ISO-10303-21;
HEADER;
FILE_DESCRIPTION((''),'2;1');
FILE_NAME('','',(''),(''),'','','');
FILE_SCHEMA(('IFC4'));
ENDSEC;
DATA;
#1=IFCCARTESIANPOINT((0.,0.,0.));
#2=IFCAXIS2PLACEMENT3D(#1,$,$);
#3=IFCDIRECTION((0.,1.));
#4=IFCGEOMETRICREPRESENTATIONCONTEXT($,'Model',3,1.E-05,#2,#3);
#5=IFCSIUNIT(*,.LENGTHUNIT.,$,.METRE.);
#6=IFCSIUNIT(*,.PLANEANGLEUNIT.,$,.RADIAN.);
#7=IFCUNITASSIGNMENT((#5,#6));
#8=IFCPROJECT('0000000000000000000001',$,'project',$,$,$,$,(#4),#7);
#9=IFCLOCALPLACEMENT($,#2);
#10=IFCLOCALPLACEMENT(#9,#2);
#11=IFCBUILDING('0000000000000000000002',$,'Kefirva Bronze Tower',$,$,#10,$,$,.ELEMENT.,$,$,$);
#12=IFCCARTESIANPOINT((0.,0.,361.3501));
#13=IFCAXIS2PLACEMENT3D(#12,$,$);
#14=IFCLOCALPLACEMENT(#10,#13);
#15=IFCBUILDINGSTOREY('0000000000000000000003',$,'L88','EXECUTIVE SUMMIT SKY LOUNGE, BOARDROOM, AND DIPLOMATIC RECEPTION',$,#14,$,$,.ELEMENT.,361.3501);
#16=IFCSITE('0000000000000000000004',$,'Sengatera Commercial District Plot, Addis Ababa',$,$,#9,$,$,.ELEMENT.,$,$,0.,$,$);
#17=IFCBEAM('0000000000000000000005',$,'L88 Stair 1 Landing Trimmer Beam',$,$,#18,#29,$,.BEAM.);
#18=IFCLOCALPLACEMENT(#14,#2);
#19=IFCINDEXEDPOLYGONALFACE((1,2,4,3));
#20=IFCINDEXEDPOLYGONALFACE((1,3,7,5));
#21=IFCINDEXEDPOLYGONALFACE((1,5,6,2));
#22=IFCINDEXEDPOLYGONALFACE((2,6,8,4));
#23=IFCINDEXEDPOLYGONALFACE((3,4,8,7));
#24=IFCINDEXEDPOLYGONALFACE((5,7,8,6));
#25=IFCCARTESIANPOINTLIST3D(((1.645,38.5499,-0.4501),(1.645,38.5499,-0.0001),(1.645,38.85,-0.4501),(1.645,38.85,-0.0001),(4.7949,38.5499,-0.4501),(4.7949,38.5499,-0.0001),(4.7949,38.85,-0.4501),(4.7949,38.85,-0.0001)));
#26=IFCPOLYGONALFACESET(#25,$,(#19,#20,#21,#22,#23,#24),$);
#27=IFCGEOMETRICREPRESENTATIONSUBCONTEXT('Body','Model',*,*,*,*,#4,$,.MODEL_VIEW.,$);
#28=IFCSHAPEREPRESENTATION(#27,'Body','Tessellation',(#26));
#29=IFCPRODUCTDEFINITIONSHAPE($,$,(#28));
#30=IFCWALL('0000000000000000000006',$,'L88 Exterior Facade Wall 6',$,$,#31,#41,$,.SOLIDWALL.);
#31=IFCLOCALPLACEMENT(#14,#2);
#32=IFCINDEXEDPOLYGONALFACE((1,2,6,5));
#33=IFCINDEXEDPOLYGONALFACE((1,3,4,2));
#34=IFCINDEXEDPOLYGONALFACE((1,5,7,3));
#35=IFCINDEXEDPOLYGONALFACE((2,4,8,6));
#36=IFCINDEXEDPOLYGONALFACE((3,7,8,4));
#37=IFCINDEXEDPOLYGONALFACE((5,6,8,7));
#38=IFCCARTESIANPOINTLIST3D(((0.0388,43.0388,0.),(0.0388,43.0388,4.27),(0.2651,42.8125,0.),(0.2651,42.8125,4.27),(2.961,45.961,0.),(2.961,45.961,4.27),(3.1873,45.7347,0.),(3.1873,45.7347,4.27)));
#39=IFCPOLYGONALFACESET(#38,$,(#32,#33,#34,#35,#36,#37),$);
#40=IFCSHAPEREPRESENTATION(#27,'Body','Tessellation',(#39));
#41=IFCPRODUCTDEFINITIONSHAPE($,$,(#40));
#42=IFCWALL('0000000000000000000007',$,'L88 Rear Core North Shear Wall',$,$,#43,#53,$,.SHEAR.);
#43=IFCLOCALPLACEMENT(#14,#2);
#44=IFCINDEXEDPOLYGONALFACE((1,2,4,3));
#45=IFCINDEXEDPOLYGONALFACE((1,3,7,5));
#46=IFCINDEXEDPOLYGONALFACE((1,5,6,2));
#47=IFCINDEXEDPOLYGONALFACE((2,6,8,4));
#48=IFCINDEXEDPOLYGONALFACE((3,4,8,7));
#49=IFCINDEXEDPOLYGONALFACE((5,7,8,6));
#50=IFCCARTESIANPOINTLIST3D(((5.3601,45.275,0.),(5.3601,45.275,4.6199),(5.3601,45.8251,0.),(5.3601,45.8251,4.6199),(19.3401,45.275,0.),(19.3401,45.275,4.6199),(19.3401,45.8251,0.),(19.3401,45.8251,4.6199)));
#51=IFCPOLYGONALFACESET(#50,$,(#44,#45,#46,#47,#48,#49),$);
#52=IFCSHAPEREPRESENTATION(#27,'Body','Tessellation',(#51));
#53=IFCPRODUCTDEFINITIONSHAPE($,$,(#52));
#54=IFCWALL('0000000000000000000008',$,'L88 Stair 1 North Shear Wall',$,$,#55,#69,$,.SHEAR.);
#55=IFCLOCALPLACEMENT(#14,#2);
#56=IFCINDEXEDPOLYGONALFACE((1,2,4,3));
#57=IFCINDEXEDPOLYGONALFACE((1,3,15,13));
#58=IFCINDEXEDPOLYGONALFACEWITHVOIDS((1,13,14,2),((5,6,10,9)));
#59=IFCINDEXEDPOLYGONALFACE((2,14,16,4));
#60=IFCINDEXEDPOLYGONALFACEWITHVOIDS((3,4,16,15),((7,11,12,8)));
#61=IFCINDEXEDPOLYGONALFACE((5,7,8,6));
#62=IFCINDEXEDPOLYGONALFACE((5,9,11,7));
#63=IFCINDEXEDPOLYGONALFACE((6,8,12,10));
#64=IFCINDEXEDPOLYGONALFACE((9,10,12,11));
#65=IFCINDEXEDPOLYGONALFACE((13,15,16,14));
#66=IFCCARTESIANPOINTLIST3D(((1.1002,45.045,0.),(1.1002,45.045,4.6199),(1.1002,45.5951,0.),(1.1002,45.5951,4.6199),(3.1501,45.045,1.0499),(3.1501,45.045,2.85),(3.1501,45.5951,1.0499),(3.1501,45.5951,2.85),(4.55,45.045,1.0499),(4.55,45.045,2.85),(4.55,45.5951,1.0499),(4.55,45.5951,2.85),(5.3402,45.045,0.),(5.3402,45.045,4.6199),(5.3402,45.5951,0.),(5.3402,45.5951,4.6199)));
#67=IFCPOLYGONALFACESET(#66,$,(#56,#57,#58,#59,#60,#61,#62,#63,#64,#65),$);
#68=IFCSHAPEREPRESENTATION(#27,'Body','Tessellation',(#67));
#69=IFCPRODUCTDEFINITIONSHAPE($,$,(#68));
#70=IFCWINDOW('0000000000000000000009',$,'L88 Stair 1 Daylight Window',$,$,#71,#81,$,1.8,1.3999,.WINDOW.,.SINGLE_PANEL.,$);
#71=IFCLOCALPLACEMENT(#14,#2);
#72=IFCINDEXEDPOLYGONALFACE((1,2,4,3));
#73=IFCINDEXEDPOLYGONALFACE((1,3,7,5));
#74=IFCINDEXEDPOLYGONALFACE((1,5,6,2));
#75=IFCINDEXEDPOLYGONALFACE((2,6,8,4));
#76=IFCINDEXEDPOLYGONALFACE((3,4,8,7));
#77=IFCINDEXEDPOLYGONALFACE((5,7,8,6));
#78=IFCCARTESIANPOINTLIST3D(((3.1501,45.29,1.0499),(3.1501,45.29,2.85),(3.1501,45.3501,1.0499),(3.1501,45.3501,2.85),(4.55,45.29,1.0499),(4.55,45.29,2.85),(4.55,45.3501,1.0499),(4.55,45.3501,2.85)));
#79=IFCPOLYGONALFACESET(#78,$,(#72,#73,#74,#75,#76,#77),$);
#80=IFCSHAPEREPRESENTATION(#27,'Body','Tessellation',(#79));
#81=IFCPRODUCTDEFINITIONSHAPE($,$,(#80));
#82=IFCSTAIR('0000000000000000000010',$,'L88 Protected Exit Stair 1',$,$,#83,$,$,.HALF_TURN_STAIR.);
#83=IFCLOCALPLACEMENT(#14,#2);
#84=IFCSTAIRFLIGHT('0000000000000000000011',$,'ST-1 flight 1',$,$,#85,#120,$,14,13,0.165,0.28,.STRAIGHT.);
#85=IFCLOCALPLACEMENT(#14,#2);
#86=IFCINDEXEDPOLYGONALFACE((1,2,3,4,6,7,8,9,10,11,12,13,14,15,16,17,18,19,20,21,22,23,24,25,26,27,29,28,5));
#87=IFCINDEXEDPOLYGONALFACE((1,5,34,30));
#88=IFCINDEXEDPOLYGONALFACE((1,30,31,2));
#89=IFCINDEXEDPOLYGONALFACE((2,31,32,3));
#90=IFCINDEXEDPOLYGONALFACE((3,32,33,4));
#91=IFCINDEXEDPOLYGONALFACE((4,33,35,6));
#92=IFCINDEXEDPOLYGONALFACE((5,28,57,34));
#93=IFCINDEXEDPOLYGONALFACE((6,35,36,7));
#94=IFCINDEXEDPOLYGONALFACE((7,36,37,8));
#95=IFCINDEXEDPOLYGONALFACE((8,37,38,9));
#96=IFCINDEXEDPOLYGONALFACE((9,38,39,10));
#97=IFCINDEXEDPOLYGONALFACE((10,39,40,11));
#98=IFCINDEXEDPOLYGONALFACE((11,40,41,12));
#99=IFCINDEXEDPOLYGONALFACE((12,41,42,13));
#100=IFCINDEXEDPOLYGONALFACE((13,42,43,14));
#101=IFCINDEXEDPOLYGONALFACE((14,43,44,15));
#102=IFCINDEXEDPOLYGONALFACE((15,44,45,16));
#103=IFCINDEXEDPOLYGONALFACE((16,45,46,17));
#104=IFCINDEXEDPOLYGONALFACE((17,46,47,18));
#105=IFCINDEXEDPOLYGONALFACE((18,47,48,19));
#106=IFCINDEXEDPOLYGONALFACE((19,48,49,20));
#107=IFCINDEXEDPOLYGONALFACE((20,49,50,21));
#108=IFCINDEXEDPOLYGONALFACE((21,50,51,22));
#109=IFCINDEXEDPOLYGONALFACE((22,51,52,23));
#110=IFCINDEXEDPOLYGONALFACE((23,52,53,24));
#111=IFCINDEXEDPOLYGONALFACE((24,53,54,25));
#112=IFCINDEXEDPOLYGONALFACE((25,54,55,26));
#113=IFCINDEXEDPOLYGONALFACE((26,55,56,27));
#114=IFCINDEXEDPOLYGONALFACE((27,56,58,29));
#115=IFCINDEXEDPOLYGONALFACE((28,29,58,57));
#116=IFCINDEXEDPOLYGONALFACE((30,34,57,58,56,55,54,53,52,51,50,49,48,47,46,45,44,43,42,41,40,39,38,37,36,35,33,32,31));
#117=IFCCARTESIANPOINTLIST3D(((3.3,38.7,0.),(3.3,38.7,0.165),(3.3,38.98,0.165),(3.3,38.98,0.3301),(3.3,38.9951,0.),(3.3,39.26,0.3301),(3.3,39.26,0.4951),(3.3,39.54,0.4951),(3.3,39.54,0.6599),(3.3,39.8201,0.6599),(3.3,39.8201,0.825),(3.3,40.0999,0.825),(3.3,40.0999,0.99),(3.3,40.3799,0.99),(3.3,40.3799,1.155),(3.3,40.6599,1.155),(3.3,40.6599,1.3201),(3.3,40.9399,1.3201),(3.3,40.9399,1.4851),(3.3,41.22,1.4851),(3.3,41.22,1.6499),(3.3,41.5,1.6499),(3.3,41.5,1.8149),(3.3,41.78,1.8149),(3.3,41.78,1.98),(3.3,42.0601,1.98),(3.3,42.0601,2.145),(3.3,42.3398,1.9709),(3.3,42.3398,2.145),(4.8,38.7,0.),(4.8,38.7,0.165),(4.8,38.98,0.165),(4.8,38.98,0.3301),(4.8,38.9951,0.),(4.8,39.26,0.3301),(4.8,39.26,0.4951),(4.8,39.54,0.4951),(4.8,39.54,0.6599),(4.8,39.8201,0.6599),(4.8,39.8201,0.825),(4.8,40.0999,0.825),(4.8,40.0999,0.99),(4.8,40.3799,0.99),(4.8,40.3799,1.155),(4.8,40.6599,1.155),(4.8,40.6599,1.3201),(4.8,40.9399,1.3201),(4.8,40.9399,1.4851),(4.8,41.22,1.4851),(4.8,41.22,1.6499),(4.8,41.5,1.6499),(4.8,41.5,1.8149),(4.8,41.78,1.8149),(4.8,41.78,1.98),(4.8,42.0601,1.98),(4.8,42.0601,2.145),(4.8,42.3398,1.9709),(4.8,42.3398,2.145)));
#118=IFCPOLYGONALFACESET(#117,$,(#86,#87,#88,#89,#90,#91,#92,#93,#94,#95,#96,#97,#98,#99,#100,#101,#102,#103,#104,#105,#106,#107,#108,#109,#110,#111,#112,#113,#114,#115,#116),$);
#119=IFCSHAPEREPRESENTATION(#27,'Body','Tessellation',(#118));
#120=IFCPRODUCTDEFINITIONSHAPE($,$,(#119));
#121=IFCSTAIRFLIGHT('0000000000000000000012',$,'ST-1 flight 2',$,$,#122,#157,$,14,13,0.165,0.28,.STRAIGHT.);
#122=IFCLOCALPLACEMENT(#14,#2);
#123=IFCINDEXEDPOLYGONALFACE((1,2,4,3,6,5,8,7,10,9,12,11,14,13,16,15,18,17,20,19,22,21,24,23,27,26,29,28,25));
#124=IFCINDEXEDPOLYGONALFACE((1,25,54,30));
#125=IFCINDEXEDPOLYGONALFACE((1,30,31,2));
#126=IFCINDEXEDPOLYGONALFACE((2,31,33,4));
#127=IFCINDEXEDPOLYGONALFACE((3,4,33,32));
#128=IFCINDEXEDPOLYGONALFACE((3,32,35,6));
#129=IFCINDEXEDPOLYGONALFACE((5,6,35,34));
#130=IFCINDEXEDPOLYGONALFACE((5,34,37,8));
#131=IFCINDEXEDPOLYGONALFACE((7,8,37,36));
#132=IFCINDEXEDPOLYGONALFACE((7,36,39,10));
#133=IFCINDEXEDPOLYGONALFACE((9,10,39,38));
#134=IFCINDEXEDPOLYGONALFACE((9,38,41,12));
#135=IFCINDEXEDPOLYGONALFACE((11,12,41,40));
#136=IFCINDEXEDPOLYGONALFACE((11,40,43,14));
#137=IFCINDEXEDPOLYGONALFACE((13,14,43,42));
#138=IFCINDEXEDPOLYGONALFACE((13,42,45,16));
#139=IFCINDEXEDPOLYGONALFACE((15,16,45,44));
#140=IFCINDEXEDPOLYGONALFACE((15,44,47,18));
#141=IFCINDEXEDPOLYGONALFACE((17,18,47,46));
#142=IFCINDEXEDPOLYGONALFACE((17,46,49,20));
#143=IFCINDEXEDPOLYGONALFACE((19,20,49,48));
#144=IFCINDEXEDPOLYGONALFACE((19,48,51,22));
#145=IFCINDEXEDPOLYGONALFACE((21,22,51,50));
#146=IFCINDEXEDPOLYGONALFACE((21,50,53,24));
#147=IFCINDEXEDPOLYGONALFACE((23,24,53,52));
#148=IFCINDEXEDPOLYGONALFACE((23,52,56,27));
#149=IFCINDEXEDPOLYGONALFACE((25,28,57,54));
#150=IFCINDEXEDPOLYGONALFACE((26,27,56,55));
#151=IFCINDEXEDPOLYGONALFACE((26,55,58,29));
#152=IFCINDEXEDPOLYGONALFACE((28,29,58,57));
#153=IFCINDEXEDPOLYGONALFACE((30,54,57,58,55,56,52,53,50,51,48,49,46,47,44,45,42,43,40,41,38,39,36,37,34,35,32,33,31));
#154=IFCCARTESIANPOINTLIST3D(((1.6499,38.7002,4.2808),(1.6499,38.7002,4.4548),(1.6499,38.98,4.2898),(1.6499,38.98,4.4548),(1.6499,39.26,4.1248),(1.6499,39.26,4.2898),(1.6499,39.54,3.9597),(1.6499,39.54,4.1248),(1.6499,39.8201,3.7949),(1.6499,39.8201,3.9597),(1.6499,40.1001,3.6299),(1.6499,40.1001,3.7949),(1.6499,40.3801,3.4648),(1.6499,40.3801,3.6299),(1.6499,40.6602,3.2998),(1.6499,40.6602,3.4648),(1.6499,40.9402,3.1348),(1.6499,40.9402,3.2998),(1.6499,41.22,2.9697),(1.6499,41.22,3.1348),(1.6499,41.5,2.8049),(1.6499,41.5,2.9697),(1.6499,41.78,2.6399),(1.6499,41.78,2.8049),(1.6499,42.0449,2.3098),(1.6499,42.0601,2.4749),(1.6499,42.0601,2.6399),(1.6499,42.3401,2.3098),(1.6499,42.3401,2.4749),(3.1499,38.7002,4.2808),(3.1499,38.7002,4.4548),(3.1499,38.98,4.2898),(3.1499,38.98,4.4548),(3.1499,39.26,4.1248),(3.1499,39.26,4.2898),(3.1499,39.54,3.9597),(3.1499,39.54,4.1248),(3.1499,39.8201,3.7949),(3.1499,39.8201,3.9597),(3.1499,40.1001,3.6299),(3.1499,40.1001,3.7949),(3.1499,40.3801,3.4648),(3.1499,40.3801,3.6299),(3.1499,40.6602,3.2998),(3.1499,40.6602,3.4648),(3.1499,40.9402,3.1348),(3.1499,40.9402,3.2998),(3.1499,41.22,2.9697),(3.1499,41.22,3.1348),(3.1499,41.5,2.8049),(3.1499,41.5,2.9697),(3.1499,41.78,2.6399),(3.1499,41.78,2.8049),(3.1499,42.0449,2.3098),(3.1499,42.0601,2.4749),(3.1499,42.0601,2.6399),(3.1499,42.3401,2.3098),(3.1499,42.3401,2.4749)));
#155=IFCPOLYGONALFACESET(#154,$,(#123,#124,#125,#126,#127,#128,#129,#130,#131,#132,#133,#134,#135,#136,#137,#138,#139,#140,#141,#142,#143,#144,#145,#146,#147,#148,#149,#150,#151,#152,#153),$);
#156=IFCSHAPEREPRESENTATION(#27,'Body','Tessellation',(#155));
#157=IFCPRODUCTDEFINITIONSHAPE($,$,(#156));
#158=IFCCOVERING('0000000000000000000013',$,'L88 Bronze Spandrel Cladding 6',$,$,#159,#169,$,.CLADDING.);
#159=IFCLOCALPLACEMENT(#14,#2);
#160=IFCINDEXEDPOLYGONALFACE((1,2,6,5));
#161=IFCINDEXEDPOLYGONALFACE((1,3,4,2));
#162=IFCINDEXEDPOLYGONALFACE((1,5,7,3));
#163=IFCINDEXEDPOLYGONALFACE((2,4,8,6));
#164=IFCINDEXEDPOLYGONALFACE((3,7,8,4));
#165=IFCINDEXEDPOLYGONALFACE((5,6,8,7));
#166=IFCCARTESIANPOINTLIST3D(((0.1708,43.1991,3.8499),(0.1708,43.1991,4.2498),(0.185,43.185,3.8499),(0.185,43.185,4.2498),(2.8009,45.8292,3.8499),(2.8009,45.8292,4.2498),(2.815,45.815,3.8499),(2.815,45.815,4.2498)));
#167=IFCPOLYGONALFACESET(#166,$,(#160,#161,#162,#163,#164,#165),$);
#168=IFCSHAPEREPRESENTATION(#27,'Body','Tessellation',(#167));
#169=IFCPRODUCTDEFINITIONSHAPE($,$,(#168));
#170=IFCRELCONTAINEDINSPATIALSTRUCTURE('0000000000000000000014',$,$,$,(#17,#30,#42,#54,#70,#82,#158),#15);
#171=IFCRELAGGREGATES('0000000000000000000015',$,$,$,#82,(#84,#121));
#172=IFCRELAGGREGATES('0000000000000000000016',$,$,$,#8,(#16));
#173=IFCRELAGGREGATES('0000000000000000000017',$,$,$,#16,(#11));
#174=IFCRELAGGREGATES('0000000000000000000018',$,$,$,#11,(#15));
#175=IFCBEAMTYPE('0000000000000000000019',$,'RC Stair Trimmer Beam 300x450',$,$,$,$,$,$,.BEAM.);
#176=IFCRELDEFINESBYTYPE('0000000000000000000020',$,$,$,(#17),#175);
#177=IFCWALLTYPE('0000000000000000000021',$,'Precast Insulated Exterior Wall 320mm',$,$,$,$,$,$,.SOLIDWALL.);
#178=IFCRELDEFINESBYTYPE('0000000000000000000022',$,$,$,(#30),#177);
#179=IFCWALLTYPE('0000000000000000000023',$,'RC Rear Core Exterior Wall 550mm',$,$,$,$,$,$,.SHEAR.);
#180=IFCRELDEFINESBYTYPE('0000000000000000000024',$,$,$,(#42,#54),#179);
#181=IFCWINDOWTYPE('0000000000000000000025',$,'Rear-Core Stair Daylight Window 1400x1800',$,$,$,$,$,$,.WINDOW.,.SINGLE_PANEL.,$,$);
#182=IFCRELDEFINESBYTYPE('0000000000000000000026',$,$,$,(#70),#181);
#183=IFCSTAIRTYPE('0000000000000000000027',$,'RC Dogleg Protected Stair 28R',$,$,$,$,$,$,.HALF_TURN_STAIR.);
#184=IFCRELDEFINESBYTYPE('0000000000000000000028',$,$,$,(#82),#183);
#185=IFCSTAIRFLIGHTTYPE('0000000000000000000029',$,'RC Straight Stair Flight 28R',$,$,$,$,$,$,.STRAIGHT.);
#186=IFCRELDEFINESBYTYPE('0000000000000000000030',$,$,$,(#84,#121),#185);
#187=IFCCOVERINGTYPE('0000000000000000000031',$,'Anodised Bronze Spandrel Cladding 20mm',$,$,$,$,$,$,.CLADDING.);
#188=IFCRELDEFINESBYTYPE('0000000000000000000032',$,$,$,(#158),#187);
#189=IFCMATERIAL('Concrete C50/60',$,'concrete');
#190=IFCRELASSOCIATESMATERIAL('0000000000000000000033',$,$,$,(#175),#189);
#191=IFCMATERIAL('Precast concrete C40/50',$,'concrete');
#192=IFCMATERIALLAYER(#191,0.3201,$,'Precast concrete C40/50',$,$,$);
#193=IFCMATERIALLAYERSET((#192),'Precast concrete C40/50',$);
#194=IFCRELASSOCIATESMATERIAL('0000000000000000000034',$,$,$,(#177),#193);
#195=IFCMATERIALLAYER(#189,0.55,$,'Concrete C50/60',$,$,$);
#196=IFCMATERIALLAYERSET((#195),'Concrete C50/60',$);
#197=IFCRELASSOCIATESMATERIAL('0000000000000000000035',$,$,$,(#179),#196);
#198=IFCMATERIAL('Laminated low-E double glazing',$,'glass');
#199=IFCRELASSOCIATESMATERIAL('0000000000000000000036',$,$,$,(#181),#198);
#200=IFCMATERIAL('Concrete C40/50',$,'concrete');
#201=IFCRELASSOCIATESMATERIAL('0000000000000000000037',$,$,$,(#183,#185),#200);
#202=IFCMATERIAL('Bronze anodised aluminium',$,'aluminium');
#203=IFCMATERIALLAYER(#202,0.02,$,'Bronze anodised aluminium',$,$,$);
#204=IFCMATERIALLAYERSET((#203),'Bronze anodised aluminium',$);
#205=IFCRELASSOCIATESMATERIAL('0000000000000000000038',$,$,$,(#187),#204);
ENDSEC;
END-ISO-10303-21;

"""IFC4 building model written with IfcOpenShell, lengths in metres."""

from ifc_helpers import new_model, si_unit, direction, frame, frame_2d, origin, origin_2d, place, context, subcontext, project, spatial, polyline, rectangle, outline, extrude, material, layer, layer_set, material_profile, profile_set, type_object, element, fill, aggregate, save


model = new_model("IFC4")

# Units and contexts
model_context = context("Model", 3, precision=1e-05, world=origin(), true_north=direction((0.0, 1.0)))
body_context = subcontext(model_context, "Body", "Model", "MODEL_VIEW")
ifc_project = project(units=[si_unit("LENGTHUNIT", "METRE"), si_unit("PLANEANGLEUNIT", "RADIAN")], contexts=[model_context])

# Site, building, storey
site_placement = place(None, origin())
site = spatial("IfcSite", under=ifc_project, at=site_placement, Name="Sengatera Commercial District Plot, Addis Ababa", CompositionType="ELEMENT", RefElevation=0.0)
building_placement = place(site_placement, origin())
building = spatial("IfcBuilding", under=site, at=building_placement, Name="Kefirva Bronze Tower", CompositionType="ELEMENT")
storey_placement = place(building_placement, frame((0.0, 0.0, 361.3501)))
storey = spatial("IfcBuildingStorey", under=building, at=storey_placement, Name="L88", Description="EXECUTIVE SUMMIT SKY LOUNGE, BOARDROOM, AND DIPLOMATIC RECEPTION", CompositionType="ELEMENT", Elevation=361.3501)

# Beam
ifc_material_1 = material(Name="Concrete C50/60", Category="concrete")
ifc_material_profile = material_profile(ifc_material_1, rectangle(XDim=0.3, YDim=0.45, at=origin_2d()), Name="RC 300x450")
ifc_profile_set = profile_set([ifc_material_profile], Name="Concrete C50/60")
beam_type = type_object("IfcBeamType", Name="RC Stair Trimmer Beam 300x450", PredefinedType="BEAM", material=ifc_profile_set)
beam_placement = place(storey_placement, frame((1.645, 38.7, -0.2251), z_axis=(1.0, 0.0, 0.0), x_axis=(0.0, 1.0, 0.0)))
element("IfcBeam", 1, at=beam_placement, inside=storey, type_object=beam_type, Name="L88 Stair 1 Landing Trimmer Beam", PredefinedType="BEAM", context=body_context, shape_type="SweptSolid", body=[
    extrude(rectangle(XDim=0.3, YDim=0.45, at=origin_2d()), origin(), (0.0, 0.0, 1.0), 3.1499),
])

# Walls
ifc_material_2 = material(Name="Precast concrete C40/50", Category="concrete")
ifc_layer_1 = layer(ifc_material_2, 0.3201, Name="Precast concrete C40/50")
ifc_layer_set_1 = layer_set([ifc_layer_1], Name="Precast concrete C40/50")
wall_type_1 = type_object("IfcWallType", Name="Precast Insulated Exterior Wall 320mm", PredefinedType="SOLIDWALL", material=ifc_layer_set_1)
wall_1_placement = place(storey_placement, frame((3.0742, 45.8479, 0.0), z_axis=(0.0, 0.0, 1.0), x_axis=(-0.707107, -0.707107, 0.0)))
element("IfcWall", 2, at=wall_1_placement, inside=storey, type_object=wall_type_1, Name="L88 Exterior Facade Wall 6", PredefinedType="SOLIDWALL", context=body_context, shape_type="SweptSolid", body=[
    extrude(rectangle(XDim=4.1326, YDim=0.3201, at=frame_2d((2.0664, 0.0))), origin(), (0.0, 0.0, 1.0), 4.27),
])
ifc_layer_2 = layer(ifc_material_1, 0.55, Name="Concrete C50/60")
ifc_layer_set_2 = layer_set([ifc_layer_2], Name="Concrete C50/60")
wall_type_2 = type_object("IfcWallType", Name="RC Rear Core Exterior Wall 550mm", PredefinedType="SHEAR", material=ifc_layer_set_2)
wall_2_placement = place(storey_placement, frame((5.3601, 45.55, 0.0), z_axis=(0.0, 0.0, 1.0), x_axis=(1.0, 0.0, 0.0)))
element("IfcWall", 3, at=wall_2_placement, inside=storey, type_object=wall_type_2, Name="L88 Rear Core North Shear Wall", PredefinedType="SHEAR", context=body_context, shape_type="SweptSolid", body=[
    extrude(rectangle(XDim=13.98, YDim=0.55, at=frame_2d((6.99, 0.0))), origin(), (0.0, 0.0, 1.0), 4.6199),
])

# Wall, opening, window
wall_3_placement = place(storey_placement, frame((1.1001, 45.3201, 0.0), z_axis=(0.0, 0.0, 1.0), x_axis=(1.0, 0.0, 0.0)))
wall_3 = element("IfcWall", 4, at=wall_3_placement, inside=storey, type_object=wall_type_2, Name="L88 Stair 1 North Shear Wall", PredefinedType="SHEAR", context=body_context, shape_type="SweptSolid", body=[
    extrude(rectangle(XDim=4.24, YDim=0.55, at=frame_2d((2.1201, 0.0))), origin(), (0.0, 0.0, 1.0), 4.6199),
])
opening_placement = place(wall_3_placement, frame((2.05, 0.0, 1.05)))
opening = element("IfcOpeningElement", 5, at=opening_placement, cuts=wall_3, PredefinedType="OPENING", context=body_context, shape_type="SweptSolid", body=[
    extrude(rectangle(XDim=1.3999, YDim=1.8, at=frame_2d((0.7, 0.8999))), frame((0.0, 0.2852, 0.0), z_axis=(0.0, -1.0, 0.0), x_axis=(1.0, 0.0, 0.0)), (0.0, 0.0, 1.0), 0.5701),
])
ifc_material_3 = material(Name="Laminated low-E double glazing", Category="glass")
window_type = type_object("IfcWindowType", Name="Rear-Core Stair Daylight Window 1400x1800", PartitioningType="SINGLE_PANEL", PredefinedType="WINDOW", material=ifc_material_3)
window_placement = place(opening_placement, origin())
window = element("IfcWindow", 6, at=window_placement, inside=storey, type_object=window_type, Name="L88 Stair 1 Daylight Window", OverallHeight=1.8, OverallWidth=1.3999, PartitioningType="SINGLE_PANEL", PredefinedType="WINDOW", context=body_context, shape_type="SweptSolid", body=[
    extrude(rectangle(XDim=1.3999, YDim=1.8, at=frame_2d((0.7, 0.8999))), frame((0.0, 0.03, 0.0), z_axis=(0.0, -1.0, 0.0), x_axis=(1.0, 0.0, 0.0)), (0.0, 0.0, 1.0), 0.0601),
])
fill(opening, window)

# Stair, stair flights
ifc_material_4 = material(Name="Concrete C40/50", Category="concrete")
stair_type = type_object("IfcStairType", Name="RC Dogleg Protected Stair 28R", PredefinedType="HALF_TURN_STAIR", material=ifc_material_4)
stair_placement = place(storey_placement, origin())
stair = element("IfcStair", 7, at=stair_placement, inside=storey, type_object=stair_type, Name="L88 Protected Exit Stair 1", PredefinedType="HALF_TURN_STAIR")
stair_flight_type = type_object("IfcStairFlightType", Name="RC Straight Stair Flight 28R", PredefinedType="STRAIGHT", material=ifc_material_4)
stair_flight_1_placement = place(storey_placement, frame((4.05, 38.7, 0.0), z_axis=(0.0, 0.0, 1.0), x_axis=(0.0, 1.0, 0.0)))
stair_flight_1 = element("IfcStairFlight", 8, at=stair_flight_1_placement, type_object=stair_flight_type, Name="ST-1 flight 1", NumberOfRisers=14, NumberOfTreads=13, PredefinedType="STRAIGHT", RiserHeight=0.165, TreadLength=0.28, context=body_context, shape_type="SweptSolid", body=[
    extrude(outline(polyline([(0.0, 0.0), (0.0, 0.165), (0.28, 0.165), (0.28, 0.3301), (0.5601, 0.3301), (0.5601, 0.4951), (0.8401, 0.4951), (0.8401, 0.6599), (1.1201, 0.6599), (1.1201, 0.825), (1.3999, 0.825), (1.3999, 0.99), (1.6799, 0.99), (1.6799, 1.155), (1.96, 1.155), (1.96, 1.3201), (2.24, 1.3201), (2.24, 1.4851), (2.52, 1.4851), (2.52, 1.6499), (2.8, 1.6499), (2.8, 1.8149), (3.0801, 1.8149), (3.0801, 1.98), (3.3601, 1.98), (3.3601, 2.145), (3.6399, 2.145), (3.6399, 2.3101), (3.6399, 1.9709), (0.2952, 0.0), (0.0, 0.0)])), frame((0.0, 0.75, 0.0), z_axis=(0.0, -1.0, 0.0), x_axis=(1.0, 0.0, 0.0)), (0.0, 0.0, 1.0), 1.5),
])
stair_flight_2_placement = place(storey_placement, frame((2.3999, 42.3401, 2.3098), z_axis=(0.0, 0.0, 1.0), x_axis=(0.0, -1.0, 0.0)))
stair_flight_2 = element("IfcStairFlight", 9, at=stair_flight_2_placement, type_object=stair_flight_type, Name="ST-1 flight 2", NumberOfRisers=14, NumberOfTreads=13, PredefinedType="STRAIGHT", RiserHeight=0.165, TreadLength=0.28, context=body_context, shape_type="SweptSolid", body=[
    extrude(outline(polyline([(0.0, 0.0), (0.0, 0.165), (0.28, 0.165), (0.28, 0.3301), (0.5601, 0.3301), (0.5601, 0.4951), (0.8401, 0.4951), (0.8401, 0.6599), (1.1201, 0.6599), (1.1201, 0.825), (1.3999, 0.825), (1.3999, 0.99), (1.6799, 0.99), (1.6799, 1.155), (1.96, 1.155), (1.96, 1.3201), (2.24, 1.3201), (2.24, 1.4851), (2.52, 1.4851), (2.52, 1.6499), (2.8, 1.6499), (2.8, 1.8149), (3.0801, 1.8149), (3.0801, 1.98), (3.3601, 1.98), (3.3601, 2.145), (3.6399, 2.145), (3.6399, 2.3101), (3.6399, 1.9709), (0.2952, 0.0), (0.0, 0.0)])), frame((0.0, 0.75, 0.0), z_axis=(0.0, -1.0, 0.0), x_axis=(1.0, 0.0, 0.0)), (0.0, 0.0, 1.0), 1.5),
])
aggregate(stair, [stair_flight_1, stair_flight_2])

# Covering
ifc_material_5 = material(Name="Bronze anodised aluminium", Category="aluminium")
ifc_layer_3 = layer(ifc_material_5, 0.02, Name="Bronze anodised aluminium")
ifc_layer_set_3 = layer_set([ifc_layer_3], Name="Bronze anodised aluminium")
covering_type_1 = type_object("IfcCoveringType", Name="Anodised Bronze Spandrel Cladding 20mm", PredefinedType="CLADDING", material=ifc_layer_set_3)
covering_1_placement = place(storey_placement, frame((1.4929, 44.5071, 3.8499), z_axis=(0.0, 0.0, 1.0), x_axis=(-0.707107, -0.707107, 0.0)))
element("IfcCovering", 10, at=covering_1_placement, inside=storey, type_object=covering_type_1, Name="L88 Bronze Spandrel Cladding 6", PredefinedType="CLADDING", context=body_context, shape_type="SweptSolid", body=[
    extrude(rectangle(XDim=3.7195, YDim=0.02, at=origin_2d()), origin(), (0.0, 0.0, 1.0), 0.3999),
])

save(model, "model.ifc")
